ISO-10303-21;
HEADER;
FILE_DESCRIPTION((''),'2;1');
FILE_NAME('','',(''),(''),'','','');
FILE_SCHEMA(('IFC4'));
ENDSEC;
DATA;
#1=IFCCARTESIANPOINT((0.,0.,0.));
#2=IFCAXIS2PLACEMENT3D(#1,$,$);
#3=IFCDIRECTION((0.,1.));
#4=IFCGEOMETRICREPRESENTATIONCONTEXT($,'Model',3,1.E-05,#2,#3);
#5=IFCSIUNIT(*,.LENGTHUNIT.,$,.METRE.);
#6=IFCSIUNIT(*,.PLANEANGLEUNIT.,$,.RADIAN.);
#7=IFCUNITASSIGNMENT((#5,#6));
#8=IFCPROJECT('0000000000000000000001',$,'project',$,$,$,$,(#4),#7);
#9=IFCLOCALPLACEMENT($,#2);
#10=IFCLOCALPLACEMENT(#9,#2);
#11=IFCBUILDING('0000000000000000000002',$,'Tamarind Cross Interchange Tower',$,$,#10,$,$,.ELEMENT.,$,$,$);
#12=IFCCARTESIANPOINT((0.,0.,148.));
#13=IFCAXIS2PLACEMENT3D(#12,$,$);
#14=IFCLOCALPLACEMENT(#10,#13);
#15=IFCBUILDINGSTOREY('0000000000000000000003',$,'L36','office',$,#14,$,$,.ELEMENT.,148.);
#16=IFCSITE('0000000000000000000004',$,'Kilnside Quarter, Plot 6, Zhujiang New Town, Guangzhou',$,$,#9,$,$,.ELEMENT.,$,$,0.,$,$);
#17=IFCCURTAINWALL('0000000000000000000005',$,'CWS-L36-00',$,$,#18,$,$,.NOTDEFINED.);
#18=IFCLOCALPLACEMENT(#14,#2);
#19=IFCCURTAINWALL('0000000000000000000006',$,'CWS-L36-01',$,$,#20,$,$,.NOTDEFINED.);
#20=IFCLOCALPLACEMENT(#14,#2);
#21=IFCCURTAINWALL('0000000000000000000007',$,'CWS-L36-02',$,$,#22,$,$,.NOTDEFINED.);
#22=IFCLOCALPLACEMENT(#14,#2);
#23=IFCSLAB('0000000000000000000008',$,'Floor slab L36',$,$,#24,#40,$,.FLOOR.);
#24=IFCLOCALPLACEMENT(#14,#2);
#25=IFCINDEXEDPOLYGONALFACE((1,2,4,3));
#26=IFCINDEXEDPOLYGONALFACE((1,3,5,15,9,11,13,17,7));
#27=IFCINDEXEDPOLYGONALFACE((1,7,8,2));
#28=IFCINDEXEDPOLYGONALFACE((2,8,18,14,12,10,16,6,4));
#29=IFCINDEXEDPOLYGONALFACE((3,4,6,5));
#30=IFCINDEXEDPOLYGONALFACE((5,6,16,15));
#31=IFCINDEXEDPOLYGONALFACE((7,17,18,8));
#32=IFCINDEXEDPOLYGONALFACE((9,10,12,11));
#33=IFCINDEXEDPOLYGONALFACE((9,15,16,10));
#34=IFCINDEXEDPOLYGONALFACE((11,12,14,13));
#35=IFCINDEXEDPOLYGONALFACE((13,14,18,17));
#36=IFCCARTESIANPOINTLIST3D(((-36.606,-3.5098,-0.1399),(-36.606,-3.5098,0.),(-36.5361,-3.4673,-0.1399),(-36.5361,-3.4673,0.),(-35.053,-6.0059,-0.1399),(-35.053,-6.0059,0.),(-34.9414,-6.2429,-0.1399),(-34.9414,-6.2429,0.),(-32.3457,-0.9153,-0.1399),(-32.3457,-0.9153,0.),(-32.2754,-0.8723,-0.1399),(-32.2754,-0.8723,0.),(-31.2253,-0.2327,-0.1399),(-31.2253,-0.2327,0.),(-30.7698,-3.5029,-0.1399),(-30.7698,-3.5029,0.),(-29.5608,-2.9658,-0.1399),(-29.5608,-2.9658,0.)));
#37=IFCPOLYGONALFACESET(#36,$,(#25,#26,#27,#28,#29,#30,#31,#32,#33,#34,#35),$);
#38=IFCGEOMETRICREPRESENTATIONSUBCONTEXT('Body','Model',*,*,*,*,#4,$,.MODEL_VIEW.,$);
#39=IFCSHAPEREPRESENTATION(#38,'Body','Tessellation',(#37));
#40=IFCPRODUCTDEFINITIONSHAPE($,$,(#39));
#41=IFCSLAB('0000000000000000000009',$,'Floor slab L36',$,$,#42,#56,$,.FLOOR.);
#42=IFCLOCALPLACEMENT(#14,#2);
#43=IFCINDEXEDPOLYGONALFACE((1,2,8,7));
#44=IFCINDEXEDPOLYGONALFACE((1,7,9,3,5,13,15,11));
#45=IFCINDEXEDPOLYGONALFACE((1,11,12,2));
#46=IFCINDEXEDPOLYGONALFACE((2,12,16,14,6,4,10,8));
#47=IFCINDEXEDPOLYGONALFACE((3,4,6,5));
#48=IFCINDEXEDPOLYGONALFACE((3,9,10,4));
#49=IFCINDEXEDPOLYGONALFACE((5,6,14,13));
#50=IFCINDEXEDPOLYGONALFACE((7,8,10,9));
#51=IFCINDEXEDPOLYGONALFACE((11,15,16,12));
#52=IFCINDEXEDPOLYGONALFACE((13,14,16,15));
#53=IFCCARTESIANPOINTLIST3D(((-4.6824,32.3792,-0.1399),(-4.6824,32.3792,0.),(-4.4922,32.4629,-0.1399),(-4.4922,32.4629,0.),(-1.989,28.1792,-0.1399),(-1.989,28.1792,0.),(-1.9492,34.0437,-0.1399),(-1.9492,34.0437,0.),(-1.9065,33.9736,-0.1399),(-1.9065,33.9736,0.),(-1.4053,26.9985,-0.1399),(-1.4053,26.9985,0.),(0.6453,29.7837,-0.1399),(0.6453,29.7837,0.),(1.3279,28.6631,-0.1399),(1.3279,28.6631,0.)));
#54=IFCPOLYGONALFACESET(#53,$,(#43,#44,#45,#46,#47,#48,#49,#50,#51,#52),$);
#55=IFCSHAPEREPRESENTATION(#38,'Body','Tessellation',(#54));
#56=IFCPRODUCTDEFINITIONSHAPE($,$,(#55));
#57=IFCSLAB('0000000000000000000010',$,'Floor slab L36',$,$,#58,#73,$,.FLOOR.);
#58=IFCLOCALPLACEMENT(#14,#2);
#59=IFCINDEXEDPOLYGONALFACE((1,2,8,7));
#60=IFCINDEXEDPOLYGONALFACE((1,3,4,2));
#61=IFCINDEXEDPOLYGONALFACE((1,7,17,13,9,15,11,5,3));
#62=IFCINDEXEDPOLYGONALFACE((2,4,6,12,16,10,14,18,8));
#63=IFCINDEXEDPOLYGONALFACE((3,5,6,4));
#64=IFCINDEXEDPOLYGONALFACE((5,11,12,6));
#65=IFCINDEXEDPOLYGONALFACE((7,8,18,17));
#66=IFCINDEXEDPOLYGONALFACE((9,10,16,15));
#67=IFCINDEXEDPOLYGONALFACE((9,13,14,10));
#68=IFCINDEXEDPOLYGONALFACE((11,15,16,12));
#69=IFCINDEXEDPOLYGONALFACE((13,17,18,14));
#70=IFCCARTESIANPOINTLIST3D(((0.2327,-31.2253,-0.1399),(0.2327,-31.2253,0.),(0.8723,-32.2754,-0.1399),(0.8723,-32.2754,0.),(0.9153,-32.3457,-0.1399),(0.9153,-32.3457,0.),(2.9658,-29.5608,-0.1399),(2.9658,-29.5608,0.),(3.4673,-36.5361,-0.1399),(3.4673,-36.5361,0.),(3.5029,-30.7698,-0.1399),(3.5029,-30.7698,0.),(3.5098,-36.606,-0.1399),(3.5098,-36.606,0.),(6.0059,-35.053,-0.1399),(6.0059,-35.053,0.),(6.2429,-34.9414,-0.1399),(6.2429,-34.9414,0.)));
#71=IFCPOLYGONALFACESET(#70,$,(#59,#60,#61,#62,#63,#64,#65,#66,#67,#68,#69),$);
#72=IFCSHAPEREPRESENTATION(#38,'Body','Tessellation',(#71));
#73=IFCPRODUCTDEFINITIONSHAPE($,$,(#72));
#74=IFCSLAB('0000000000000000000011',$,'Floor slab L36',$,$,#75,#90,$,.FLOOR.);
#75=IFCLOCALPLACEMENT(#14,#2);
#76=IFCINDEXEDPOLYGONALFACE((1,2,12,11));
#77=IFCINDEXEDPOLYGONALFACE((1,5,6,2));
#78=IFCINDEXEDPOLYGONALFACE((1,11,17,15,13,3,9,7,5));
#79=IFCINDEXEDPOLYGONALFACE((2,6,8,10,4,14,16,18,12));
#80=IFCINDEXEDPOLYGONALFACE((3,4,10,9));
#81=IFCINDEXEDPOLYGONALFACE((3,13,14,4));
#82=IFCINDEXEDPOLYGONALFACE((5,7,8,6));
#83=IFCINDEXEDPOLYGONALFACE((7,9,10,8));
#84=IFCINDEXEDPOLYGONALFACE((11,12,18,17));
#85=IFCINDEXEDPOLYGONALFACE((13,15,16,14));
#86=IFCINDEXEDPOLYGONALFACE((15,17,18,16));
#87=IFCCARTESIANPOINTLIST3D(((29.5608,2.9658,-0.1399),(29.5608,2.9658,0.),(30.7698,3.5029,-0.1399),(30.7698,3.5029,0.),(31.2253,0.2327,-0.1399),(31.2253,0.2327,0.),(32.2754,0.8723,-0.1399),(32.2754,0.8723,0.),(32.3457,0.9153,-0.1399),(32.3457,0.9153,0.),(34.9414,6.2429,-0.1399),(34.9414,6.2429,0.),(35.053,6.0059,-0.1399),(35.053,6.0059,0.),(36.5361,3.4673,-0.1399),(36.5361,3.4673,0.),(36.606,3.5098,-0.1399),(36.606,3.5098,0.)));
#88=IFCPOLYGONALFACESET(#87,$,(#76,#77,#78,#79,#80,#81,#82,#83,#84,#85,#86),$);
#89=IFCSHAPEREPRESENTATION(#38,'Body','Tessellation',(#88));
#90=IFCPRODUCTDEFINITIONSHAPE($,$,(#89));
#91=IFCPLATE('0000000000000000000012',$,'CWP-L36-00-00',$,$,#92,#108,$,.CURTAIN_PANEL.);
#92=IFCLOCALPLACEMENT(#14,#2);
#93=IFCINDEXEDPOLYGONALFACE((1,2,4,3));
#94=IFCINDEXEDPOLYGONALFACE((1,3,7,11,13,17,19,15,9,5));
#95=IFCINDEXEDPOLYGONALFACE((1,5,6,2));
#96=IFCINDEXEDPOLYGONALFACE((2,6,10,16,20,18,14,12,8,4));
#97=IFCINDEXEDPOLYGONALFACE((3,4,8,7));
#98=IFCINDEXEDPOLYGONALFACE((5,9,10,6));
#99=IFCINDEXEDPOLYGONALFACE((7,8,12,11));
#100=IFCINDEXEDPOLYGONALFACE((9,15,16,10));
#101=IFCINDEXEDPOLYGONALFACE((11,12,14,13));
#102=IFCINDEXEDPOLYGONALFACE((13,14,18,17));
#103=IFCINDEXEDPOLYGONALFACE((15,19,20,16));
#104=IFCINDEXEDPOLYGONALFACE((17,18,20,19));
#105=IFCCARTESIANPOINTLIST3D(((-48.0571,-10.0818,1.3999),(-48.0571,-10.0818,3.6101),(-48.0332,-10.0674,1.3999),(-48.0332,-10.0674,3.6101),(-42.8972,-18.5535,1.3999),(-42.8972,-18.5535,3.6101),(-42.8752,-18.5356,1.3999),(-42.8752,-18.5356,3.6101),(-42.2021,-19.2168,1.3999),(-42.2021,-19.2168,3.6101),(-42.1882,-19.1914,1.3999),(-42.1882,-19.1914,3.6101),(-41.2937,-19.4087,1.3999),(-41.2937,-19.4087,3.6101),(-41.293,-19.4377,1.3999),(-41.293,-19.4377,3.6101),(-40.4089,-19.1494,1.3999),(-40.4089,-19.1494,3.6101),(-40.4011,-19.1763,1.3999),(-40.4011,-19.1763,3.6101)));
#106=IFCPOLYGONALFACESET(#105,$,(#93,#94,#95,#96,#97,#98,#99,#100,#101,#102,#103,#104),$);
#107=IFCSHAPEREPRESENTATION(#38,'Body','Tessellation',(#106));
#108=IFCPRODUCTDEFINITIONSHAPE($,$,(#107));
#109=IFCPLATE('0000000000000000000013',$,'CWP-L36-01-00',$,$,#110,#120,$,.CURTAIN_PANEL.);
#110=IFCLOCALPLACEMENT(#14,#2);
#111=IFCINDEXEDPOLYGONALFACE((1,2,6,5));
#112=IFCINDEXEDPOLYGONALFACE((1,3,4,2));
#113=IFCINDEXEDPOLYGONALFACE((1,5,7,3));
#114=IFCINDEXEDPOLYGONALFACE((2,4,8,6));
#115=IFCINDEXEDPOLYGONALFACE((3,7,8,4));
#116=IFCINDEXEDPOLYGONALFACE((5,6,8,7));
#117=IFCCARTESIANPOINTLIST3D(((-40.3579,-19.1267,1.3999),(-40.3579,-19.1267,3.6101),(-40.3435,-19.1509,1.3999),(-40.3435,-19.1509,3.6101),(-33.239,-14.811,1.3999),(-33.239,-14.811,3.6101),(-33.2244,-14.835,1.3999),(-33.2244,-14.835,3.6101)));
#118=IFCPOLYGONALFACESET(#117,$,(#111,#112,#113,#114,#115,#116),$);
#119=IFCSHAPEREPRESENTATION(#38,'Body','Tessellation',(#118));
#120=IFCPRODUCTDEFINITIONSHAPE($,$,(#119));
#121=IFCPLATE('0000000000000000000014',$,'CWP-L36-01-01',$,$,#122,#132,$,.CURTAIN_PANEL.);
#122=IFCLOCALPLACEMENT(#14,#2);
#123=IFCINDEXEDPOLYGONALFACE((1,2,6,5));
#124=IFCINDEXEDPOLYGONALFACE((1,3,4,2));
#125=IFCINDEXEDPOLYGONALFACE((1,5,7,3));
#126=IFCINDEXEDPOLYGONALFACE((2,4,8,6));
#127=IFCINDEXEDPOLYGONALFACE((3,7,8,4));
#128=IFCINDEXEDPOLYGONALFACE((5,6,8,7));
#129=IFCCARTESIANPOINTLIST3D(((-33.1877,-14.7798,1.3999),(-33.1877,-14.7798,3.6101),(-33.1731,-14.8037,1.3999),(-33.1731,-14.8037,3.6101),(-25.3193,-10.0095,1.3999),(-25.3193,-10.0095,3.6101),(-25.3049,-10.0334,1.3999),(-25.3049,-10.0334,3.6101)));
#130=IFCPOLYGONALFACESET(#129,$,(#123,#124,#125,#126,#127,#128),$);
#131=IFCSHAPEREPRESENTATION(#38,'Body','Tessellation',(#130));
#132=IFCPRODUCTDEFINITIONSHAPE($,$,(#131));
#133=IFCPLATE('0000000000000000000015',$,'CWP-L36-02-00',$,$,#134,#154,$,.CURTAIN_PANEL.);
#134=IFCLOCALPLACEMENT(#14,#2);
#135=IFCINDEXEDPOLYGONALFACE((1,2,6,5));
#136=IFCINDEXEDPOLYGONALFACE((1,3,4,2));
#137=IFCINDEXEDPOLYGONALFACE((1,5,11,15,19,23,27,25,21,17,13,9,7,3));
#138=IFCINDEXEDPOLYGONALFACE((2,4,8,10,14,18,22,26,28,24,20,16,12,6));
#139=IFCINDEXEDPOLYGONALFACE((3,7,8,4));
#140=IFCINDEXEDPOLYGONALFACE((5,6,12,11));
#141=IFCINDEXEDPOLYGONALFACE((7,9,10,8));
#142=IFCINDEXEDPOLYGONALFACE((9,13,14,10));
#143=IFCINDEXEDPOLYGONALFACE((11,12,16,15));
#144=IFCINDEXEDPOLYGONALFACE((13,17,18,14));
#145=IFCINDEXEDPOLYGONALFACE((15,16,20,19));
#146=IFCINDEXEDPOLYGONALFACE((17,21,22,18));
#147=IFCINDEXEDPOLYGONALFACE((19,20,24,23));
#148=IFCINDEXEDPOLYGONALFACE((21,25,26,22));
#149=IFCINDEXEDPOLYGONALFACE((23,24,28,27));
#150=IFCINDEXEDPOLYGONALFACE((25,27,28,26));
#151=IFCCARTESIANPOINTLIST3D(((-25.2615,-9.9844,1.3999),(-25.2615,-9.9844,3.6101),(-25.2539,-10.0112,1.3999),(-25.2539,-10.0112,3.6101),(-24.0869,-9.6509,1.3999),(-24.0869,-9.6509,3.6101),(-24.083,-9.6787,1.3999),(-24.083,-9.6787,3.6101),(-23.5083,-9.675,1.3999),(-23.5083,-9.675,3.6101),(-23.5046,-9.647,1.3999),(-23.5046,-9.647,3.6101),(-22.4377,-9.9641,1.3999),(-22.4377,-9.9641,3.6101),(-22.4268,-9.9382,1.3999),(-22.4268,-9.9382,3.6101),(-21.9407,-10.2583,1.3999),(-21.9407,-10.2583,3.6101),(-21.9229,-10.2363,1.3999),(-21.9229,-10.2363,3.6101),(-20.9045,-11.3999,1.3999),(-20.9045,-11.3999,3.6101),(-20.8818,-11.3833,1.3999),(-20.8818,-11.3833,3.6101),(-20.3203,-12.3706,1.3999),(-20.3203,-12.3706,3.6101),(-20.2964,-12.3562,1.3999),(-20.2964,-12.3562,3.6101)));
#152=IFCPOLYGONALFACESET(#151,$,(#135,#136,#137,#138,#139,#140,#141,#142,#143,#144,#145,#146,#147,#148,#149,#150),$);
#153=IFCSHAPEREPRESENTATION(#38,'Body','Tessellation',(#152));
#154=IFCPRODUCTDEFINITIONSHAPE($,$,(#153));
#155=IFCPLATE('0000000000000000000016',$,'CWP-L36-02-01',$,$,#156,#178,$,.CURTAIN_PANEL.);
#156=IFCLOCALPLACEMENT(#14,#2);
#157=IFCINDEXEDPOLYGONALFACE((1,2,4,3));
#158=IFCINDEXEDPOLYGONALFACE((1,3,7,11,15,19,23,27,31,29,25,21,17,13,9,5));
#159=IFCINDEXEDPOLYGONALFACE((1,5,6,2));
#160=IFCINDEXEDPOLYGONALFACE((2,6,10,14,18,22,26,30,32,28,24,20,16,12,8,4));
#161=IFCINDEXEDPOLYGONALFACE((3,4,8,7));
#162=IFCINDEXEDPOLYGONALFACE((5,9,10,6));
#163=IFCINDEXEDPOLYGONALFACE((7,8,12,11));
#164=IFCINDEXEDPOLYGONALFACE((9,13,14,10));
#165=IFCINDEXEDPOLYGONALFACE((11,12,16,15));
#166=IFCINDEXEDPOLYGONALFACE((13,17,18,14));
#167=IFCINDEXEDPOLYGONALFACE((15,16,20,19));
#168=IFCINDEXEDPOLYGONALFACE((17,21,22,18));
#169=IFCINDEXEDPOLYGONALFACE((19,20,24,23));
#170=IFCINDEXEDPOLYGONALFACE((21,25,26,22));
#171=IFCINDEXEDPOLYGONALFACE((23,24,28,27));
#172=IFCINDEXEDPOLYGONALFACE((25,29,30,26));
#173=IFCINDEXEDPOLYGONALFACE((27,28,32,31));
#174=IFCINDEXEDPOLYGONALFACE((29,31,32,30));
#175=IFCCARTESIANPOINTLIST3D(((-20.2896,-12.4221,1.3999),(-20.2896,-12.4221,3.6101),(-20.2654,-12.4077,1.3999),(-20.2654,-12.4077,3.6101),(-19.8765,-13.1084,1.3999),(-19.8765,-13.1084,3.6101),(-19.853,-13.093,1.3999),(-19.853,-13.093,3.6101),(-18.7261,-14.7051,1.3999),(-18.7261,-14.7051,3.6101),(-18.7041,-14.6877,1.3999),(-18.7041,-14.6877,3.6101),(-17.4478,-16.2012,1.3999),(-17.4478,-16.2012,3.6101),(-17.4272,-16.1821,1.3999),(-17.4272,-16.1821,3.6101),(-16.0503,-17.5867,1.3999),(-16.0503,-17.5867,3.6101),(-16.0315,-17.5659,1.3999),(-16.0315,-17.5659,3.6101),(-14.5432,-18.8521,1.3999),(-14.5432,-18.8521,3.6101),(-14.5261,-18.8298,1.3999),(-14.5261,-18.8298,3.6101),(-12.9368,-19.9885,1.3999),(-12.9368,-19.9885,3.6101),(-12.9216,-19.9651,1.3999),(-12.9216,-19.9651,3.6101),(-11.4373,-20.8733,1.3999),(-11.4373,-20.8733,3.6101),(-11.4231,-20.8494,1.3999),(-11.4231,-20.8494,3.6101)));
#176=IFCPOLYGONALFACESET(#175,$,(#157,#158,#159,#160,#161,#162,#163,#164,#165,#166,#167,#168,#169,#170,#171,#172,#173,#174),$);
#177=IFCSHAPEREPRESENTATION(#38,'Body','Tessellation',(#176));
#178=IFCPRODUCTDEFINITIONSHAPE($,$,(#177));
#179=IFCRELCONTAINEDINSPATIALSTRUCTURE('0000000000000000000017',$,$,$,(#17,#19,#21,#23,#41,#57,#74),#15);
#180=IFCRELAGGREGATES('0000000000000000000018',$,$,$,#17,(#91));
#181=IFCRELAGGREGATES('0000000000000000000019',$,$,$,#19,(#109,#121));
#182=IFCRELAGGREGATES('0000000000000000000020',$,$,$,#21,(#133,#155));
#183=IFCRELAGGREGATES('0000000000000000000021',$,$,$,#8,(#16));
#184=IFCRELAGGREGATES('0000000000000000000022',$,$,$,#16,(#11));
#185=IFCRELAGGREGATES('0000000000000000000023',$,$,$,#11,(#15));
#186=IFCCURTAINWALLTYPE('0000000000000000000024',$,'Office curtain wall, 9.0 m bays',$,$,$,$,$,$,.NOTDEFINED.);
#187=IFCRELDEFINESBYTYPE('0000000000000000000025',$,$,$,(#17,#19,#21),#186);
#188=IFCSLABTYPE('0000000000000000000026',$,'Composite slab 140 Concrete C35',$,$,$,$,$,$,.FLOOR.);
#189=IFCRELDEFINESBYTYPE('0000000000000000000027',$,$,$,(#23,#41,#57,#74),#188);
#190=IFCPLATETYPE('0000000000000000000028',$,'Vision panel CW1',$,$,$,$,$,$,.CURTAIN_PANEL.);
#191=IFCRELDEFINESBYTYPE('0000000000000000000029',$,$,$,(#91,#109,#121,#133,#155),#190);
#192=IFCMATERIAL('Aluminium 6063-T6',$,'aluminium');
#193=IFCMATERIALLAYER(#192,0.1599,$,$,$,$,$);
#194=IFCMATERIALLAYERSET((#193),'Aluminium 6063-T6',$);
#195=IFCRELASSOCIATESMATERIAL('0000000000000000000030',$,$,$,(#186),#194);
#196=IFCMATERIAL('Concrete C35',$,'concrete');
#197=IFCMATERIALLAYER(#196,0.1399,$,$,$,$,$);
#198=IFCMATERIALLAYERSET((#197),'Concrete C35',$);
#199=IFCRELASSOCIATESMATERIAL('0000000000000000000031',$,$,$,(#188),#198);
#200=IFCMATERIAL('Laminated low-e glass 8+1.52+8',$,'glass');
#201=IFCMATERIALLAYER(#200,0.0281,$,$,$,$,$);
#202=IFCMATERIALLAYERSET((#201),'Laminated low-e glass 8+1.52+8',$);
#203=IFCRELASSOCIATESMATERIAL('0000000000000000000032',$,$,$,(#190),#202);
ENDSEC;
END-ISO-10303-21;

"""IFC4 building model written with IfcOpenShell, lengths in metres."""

from ifc_helpers import new_model, si_unit, direction, frame, origin, place, context, subcontext, project, spatial, polyline, outline, extrude, material, layer, layer_set, type_object, element, aggregate, save


model = new_model("IFC4")

# Units and contexts
model_context = context("Model", 3, precision=1e-05, world=origin(), true_north=direction((0.0, 1.0)))
body_context = subcontext(model_context, "Body", "Model", "MODEL_VIEW")
ifc_project = project(units=[si_unit("LENGTHUNIT", "METRE"), si_unit("PLANEANGLEUNIT", "RADIAN")], contexts=[model_context])

# Site, building, storey
site_placement = place(None, origin())
site = spatial("IfcSite", under=ifc_project, at=site_placement, Name="Kilnside Quarter, Plot 6, Zhujiang New Town, Guangzhou", CompositionType="ELEMENT", RefElevation=0.0)
building_placement = place(site_placement, origin())
building = spatial("IfcBuilding", under=site, at=building_placement, Name="Tamarind Cross Interchange Tower", CompositionType="ELEMENT")
storey_placement = place(building_placement, frame((0.0, 0.0, 148.0)))
storey = spatial("IfcBuildingStorey", under=building, at=storey_placement, Name="L36", Description="office", CompositionType="ELEMENT", Elevation=148.0)

# Curtain walls
ifc_material_1 = material(Name="Aluminium 6063-T6", Category="aluminium")
ifc_layer_1 = layer(ifc_material_1, 0.1599)
ifc_layer_set_1 = layer_set([ifc_layer_1], Name="Aluminium 6063-T6")
curtain_wall_type = type_object("IfcCurtainWallType", Name="Office curtain wall, 9.0 m bays", PredefinedType="NOTDEFINED", material=ifc_layer_set_1)
curtain_wall_1_placement = place(storey_placement, origin())
curtain_wall_1 = element("IfcCurtainWall", 1, at=curtain_wall_1_placement, inside=storey, type_object=curtain_wall_type, Name="CWS-L36-00", PredefinedType="NOTDEFINED")
curtain_wall_2_placement = place(storey_placement, origin())
curtain_wall_2 = element("IfcCurtainWall", 2, at=curtain_wall_2_placement, inside=storey, type_object=curtain_wall_type, Name="CWS-L36-01", PredefinedType="NOTDEFINED")
curtain_wall_3_placement = place(storey_placement, origin())
curtain_wall_3 = element("IfcCurtainWall", 3, at=curtain_wall_3_placement, inside=storey, type_object=curtain_wall_type, Name="CWS-L36-02", PredefinedType="NOTDEFINED")

# Slabs
ifc_material_2 = material(Name="Concrete C35", Category="concrete")
ifc_layer_2 = layer(ifc_material_2, 0.1399)
ifc_layer_set_2 = layer_set([ifc_layer_2], Name="Concrete C35")
slab_type = type_object("IfcSlabType", Name="Composite slab 140 Concrete C35", PredefinedType="FLOOR", material=ifc_layer_set_2)
slab_1_placement = place(storey_placement, frame((0.0, 0.0, -0.1399)))
element("IfcSlab", 4, at=slab_1_placement, inside=storey, type_object=slab_type, Name="Floor slab L36", PredefinedType="FLOOR", context=body_context, shape_type="SweptSolid", body=[
    extrude(outline(polyline([(-36.606, -3.5098), (-34.9414, -6.2429), (-29.5608, -2.9658), (-31.2253, -0.2327), (-32.2754, -0.8723), (-32.3457, -0.9153), (-30.7698, -3.5029), (-35.053, -6.0059), (-36.5361, -3.4673), (-36.606, -3.5098)])), origin(), (0.0, 0.0, 1.0), 0.1399),
])
slab_2_placement = place(storey_placement, frame((0.0, 0.0, -0.1399)))
element("IfcSlab", 5, at=slab_2_placement, inside=storey, type_object=slab_type, Name="Floor slab L36", PredefinedType="FLOOR", context=body_context, shape_type="SweptSolid", body=[
    extrude(outline(polyline([(-1.9492, 34.0437), (-4.6824, 32.3792), (-1.4053, 26.9985), (1.3279, 28.6631), (0.6453, 29.7837), (-1.989, 28.1792), (-4.4922, 32.4629), (-1.9065, 33.9736), (-1.9492, 34.0437)])), origin(), (0.0, 0.0, 1.0), 0.1399),
])
slab_3_placement = place(storey_placement, frame((0.0, 0.0, -0.1399)))
element("IfcSlab", 6, at=slab_3_placement, inside=storey, type_object=slab_type, Name="Floor slab L36", PredefinedType="FLOOR", context=body_context, shape_type="SweptSolid", body=[
    extrude(outline(polyline([(2.9658, -29.5608), (0.2327, -31.2253), (0.8723, -32.2754), (0.9153, -32.3457), (3.5029, -30.7698), (6.0059, -35.053), (3.4673, -36.5361), (3.5098, -36.606), (6.2429, -34.9414), (2.9658, -29.5608)])), origin(), (0.0, 0.0, 1.0), 0.1399),
])
slab_4_placement = place(storey_placement, frame((0.0, 0.0, -0.1399)))
element("IfcSlab", 7, at=slab_4_placement, inside=storey, type_object=slab_type, Name="Floor slab L36", PredefinedType="FLOOR", context=body_context, shape_type="SweptSolid", body=[
    extrude(outline(polyline([(35.053, 6.0059), (36.5361, 3.4673), (36.606, 3.5098), (34.9414, 6.2429), (29.5608, 2.9658), (31.2253, 0.2327), (32.2754, 0.8723), (32.3457, 0.9153), (30.7698, 3.5029), (35.053, 6.0059)])), origin(), (0.0, 0.0, 1.0), 0.1399),
])

# Plates
ifc_material_3 = material(Name="Laminated low-e glass 8+1.52+8", Category="glass")
ifc_layer_3 = layer(ifc_material_3, 0.0281)
ifc_layer_set_3 = layer_set([ifc_layer_3], Name="Laminated low-e glass 8+1.52+8")
plate_type = type_object("IfcPlateType", Name="Vision panel CW1", PredefinedType="CURTAIN_PANEL", material=ifc_layer_set_3)
plate_1_placement = place(storey_placement, frame((0.0, 0.0, 1.3999)))
plate_1 = element("IfcPlate", 8, at=plate_1_placement, type_object=plate_type, Name="CWP-L36-00-00", PredefinedType="CURTAIN_PANEL", context=body_context, shape_type="SweptSolid", body=[
    extrude(outline(polyline([(-48.0332, -10.0674), (-42.8752, -18.5356), (-42.1882, -19.1914), (-41.2937, -19.4087), (-40.4089, -19.1494), (-40.4011, -19.1763), (-41.293, -19.4377), (-42.2021, -19.2168), (-42.8972, -18.5535), (-48.0571, -10.0818), (-48.0332, -10.0674)])), origin(), (0.0, 0.0, 1.0), 2.2102),
])
aggregate(curtain_wall_1, [plate_1])
plate_2_placement = place(storey_placement, frame((0.0, 0.0, 1.3999)))
plate_2 = element("IfcPlate", 9, at=plate_2_placement, type_object=plate_type, Name="CWP-L36-01-00", PredefinedType="CURTAIN_PANEL", context=body_context, shape_type="SweptSolid", body=[
    extrude(outline(polyline([(-40.3579, -19.1267), (-33.239, -14.811), (-33.2244, -14.835), (-40.3435, -19.1509), (-40.3579, -19.1267)])), origin(), (0.0, 0.0, 1.0), 2.2102),
])
plate_3_placement = place(storey_placement, frame((0.0, 0.0, 1.3999)))
plate_3 = element("IfcPlate", 10, at=plate_3_placement, type_object=plate_type, Name="CWP-L36-01-01", PredefinedType="CURTAIN_PANEL", context=body_context, shape_type="SweptSolid", body=[
    extrude(outline(polyline([(-33.1877, -14.7798), (-25.3193, -10.0095), (-25.3049, -10.0334), (-33.1731, -14.8037), (-33.1877, -14.7798)])), origin(), (0.0, 0.0, 1.0), 2.2102),
])
aggregate(curtain_wall_2, [plate_2, plate_3])
plate_4_placement = place(storey_placement, frame((0.0, 0.0, 1.3999)))
plate_4 = element("IfcPlate", 11, at=plate_4_placement, type_object=plate_type, Name="CWP-L36-02-00", PredefinedType="CURTAIN_PANEL", context=body_context, shape_type="SweptSolid", body=[
    extrude(outline(polyline([(-25.2615, -9.9844), (-24.0869, -9.6509), (-23.5046, -9.647), (-22.4268, -9.9382), (-21.9229, -10.2363), (-20.8818, -11.3833), (-20.2964, -12.3562), (-20.3203, -12.3706), (-20.9045, -11.3999), (-21.9407, -10.2583), (-22.4377, -9.9641), (-23.5083, -9.675), (-24.083, -9.6787), (-25.2539, -10.0112), (-25.2615, -9.9844)])), origin(), (0.0, 0.0, 1.0), 2.2102),
])
plate_5_placement = place(storey_placement, frame((0.0, 0.0, 1.3999)))
plate_5 = element("IfcPlate", 12, at=plate_5_placement, type_object=plate_type, Name="CWP-L36-02-01", PredefinedType="CURTAIN_PANEL", context=body_context, shape_type="SweptSolid", body=[
    extrude(outline(polyline([(-20.2654, -12.4077), (-19.853, -13.093), (-18.7041, -14.6877), (-17.4272, -16.1821), (-16.0315, -17.5659), (-14.5261, -18.8298), (-12.9216, -19.9651), (-11.4231, -20.8494), (-11.4373, -20.8733), (-12.9368, -19.9885), (-14.5432, -18.8521), (-16.0503, -17.5867), (-17.4478, -16.2012), (-18.7261, -14.7051), (-19.8765, -13.1084), (-20.2896, -12.4221), (-20.2654, -12.4077)])), origin(), (0.0, 0.0, 1.0), 2.2102),
])
aggregate(curtain_wall_3, [plate_4, plate_5])

save(model, "model.ifc")
